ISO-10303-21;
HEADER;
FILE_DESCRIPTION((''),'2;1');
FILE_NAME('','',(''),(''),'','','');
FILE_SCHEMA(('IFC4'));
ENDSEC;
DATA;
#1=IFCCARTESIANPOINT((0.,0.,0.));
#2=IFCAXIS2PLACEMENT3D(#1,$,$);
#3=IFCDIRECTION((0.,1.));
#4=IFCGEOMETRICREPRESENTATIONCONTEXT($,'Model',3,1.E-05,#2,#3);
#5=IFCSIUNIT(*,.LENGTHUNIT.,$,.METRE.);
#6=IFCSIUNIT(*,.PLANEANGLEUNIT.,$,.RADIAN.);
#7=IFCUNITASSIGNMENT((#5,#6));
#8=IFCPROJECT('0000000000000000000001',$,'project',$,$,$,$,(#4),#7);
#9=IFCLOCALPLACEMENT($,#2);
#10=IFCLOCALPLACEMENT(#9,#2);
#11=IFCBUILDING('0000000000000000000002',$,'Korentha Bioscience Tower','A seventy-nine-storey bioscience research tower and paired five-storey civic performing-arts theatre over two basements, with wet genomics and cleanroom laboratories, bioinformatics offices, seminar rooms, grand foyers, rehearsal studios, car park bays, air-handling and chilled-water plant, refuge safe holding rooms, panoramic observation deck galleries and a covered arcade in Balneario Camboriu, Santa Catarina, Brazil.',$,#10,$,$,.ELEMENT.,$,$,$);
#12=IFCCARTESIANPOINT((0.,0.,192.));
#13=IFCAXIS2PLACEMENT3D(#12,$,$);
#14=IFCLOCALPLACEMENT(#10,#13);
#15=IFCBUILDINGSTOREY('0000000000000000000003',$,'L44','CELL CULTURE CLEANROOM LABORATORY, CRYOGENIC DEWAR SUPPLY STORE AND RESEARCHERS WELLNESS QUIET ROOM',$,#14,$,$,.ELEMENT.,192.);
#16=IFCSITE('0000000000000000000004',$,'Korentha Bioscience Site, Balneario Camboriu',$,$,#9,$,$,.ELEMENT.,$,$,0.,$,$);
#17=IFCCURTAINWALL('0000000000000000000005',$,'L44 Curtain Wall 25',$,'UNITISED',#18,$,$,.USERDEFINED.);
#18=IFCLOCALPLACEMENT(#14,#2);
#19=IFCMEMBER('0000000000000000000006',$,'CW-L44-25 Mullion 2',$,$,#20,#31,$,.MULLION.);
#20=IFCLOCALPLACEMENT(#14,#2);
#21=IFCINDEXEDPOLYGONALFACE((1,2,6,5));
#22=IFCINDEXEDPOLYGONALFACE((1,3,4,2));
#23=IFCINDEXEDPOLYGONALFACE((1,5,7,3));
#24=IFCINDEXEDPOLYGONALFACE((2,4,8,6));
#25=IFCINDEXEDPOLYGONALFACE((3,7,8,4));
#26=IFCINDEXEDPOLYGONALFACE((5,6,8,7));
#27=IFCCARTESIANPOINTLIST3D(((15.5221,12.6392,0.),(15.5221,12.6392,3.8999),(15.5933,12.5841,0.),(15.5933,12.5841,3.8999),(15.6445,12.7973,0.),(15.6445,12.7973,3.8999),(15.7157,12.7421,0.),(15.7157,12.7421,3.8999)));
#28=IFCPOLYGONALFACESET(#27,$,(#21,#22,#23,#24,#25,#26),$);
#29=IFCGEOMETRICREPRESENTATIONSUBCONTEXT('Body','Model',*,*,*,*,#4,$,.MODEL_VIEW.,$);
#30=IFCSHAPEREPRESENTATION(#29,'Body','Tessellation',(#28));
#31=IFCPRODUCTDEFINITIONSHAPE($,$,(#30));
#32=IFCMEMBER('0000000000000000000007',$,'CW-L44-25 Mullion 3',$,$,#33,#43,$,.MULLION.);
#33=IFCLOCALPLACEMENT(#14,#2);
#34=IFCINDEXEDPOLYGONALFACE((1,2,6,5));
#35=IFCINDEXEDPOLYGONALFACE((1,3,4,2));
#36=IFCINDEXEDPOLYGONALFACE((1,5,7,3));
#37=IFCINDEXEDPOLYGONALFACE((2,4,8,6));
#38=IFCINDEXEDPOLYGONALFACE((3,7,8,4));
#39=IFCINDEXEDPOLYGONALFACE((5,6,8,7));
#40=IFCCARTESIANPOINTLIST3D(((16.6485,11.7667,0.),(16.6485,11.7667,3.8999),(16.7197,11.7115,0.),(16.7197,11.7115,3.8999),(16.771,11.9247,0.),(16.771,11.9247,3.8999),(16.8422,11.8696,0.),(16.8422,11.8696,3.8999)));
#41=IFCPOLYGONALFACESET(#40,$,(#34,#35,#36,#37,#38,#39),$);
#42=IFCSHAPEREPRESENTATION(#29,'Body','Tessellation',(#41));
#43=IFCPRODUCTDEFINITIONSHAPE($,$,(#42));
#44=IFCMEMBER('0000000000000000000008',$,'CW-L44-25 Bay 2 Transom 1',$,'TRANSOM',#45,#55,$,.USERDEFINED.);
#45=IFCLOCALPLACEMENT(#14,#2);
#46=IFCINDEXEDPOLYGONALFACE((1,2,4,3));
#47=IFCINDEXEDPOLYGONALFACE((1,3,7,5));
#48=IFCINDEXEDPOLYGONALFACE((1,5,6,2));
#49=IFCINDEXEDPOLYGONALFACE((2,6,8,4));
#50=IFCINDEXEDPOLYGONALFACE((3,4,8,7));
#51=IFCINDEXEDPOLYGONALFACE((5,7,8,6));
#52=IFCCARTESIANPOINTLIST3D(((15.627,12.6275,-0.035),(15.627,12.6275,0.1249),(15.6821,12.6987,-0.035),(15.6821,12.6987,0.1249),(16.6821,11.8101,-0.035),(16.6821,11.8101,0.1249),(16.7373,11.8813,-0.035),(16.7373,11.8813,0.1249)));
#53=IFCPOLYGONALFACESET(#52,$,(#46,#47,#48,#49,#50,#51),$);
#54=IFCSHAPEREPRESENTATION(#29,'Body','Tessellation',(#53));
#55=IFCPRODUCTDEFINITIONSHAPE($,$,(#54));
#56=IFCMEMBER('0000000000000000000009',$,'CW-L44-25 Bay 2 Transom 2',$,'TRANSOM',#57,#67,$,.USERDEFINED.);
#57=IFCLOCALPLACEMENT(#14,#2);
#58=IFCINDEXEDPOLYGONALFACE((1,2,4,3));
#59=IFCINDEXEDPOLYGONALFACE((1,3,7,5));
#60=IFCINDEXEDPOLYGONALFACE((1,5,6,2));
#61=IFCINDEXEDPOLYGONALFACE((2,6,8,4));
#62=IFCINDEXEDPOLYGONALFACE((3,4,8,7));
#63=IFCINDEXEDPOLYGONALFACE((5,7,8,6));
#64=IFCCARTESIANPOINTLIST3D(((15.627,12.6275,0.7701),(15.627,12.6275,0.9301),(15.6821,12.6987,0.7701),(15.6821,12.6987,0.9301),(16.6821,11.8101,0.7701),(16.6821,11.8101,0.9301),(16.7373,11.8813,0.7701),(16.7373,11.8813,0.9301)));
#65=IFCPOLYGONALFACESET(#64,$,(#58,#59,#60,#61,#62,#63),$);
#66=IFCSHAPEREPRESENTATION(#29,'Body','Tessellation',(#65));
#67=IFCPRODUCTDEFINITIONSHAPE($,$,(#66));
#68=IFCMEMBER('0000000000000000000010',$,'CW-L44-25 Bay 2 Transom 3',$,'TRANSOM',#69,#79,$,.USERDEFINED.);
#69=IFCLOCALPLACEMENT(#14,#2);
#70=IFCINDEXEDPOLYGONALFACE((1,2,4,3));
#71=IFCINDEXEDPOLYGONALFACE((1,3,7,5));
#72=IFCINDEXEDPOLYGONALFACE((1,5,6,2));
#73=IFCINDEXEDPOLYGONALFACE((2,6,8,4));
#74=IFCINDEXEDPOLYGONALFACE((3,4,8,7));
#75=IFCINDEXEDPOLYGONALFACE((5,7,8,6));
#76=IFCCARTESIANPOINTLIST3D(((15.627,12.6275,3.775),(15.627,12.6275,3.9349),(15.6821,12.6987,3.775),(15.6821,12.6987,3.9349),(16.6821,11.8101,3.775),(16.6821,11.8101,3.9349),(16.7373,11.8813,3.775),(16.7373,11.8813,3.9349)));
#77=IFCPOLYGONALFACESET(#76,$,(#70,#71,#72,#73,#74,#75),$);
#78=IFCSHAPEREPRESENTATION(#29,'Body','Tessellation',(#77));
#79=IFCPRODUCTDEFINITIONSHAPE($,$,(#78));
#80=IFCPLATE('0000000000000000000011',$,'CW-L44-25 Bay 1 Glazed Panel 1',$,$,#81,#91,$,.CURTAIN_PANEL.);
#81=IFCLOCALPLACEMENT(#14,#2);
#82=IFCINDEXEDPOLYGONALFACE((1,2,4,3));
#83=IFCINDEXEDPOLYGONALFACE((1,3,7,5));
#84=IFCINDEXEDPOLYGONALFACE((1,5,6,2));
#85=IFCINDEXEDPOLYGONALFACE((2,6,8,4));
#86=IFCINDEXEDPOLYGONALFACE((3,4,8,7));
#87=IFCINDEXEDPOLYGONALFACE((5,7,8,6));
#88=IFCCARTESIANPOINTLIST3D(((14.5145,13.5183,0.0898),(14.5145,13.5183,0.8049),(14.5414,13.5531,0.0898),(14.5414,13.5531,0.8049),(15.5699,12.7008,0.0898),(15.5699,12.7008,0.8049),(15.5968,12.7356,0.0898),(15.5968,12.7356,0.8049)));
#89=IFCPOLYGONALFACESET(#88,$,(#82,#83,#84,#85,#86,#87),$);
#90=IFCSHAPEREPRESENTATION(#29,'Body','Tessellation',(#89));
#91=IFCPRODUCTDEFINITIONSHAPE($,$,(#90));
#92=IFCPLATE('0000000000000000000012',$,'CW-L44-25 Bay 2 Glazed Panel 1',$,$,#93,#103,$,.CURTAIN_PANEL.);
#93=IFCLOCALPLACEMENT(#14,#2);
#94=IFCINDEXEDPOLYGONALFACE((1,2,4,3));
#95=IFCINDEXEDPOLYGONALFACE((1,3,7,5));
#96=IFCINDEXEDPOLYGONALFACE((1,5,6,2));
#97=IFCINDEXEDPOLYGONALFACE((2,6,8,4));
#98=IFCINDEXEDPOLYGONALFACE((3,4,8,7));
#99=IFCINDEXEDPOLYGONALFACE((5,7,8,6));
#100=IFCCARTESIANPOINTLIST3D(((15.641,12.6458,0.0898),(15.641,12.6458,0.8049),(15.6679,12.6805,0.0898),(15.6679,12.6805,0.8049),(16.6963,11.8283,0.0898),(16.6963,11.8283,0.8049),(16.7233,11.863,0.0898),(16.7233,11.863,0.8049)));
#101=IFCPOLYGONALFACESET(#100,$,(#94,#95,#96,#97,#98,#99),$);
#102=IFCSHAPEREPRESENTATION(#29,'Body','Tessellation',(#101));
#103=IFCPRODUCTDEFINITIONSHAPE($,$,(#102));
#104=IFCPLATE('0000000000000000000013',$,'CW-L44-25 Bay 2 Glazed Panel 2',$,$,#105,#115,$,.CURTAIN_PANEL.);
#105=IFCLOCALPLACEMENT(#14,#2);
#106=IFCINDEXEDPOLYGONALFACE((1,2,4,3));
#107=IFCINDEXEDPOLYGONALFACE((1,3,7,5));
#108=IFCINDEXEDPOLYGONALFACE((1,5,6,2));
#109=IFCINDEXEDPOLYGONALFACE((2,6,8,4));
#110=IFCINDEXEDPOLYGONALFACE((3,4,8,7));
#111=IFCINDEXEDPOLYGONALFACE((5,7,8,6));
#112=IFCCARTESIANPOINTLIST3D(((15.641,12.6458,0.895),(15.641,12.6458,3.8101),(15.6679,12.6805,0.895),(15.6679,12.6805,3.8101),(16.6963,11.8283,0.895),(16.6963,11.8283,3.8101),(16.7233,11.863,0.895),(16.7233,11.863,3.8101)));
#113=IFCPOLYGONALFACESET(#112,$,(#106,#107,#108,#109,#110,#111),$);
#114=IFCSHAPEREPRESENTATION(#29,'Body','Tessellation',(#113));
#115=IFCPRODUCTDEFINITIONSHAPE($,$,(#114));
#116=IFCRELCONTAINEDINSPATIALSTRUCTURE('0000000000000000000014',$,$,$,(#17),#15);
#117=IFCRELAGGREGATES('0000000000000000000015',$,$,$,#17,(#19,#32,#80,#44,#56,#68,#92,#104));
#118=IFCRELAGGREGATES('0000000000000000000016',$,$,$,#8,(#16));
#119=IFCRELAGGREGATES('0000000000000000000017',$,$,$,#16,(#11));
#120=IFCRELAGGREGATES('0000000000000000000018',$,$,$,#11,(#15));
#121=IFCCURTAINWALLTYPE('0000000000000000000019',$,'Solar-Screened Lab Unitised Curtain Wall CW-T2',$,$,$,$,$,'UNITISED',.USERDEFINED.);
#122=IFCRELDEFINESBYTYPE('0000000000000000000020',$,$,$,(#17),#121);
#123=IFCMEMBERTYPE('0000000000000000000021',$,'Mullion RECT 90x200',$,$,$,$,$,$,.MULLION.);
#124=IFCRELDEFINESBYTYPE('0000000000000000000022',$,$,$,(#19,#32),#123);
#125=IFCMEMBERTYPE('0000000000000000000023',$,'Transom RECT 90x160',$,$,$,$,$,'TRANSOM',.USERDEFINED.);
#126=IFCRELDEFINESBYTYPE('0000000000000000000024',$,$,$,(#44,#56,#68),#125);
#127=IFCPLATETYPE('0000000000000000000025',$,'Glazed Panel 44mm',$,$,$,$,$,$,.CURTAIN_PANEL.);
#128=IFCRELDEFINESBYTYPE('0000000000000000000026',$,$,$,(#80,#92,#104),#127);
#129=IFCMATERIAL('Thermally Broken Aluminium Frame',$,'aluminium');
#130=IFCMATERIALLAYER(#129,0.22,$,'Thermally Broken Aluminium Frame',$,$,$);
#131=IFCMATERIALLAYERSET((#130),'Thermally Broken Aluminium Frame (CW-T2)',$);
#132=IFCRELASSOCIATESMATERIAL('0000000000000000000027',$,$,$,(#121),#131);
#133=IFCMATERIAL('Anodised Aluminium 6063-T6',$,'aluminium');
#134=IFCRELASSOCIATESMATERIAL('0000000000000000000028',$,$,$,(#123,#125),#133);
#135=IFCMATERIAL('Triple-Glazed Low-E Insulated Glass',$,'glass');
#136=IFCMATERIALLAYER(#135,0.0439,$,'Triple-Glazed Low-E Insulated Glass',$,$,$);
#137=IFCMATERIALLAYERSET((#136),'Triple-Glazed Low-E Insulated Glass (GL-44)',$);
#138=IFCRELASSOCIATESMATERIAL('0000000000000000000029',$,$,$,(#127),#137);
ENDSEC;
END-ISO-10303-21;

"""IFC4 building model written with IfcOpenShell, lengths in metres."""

from ifc_helpers import new_model, si_unit, direction, frame, origin, origin_2d, place, context, subcontext, project, spatial, rectangle, extrude, material, layer, layer_set, material_profile, profile_set, type_object, element, aggregate, save


model = new_model("IFC4")

# Units and contexts
model_context = context("Model", 3, precision=1e-05, world=origin(), true_north=direction((0.0, 1.0)))
body_context = subcontext(model_context, "Body", "Model", "MODEL_VIEW")
ifc_project = project(units=[si_unit("LENGTHUNIT", "METRE"), si_unit("PLANEANGLEUNIT", "RADIAN")], contexts=[model_context])

# Site, building, storey
site_placement = place(None, origin())
site = spatial("IfcSite", under=ifc_project, at=site_placement, Name="Korentha Bioscience Site, Balneario Camboriu", CompositionType="ELEMENT", RefElevation=0.0)
building_placement = place(site_placement, origin())
building = spatial("IfcBuilding", under=site, at=building_placement, Name="Korentha Bioscience Tower", Description="A seventy-nine-storey bioscience research tower and paired five-storey civic performing-arts theatre over two basements, with wet genomics and cleanroom laboratories, bioinformatics offices, seminar rooms, grand foyers, rehearsal studios, car park bays, air-handling and chilled-water plant, refuge safe holding rooms, panoramic observation deck galleries and a covered arcade in Balneario Camboriu, Santa Catarina, Brazil.", CompositionType="ELEMENT")
storey_placement = place(building_placement, frame((0.0, 0.0, 192.0)))
storey = spatial("IfcBuildingStorey", under=building, at=storey_placement, Name="L44", Description="CELL CULTURE CLEANROOM LABORATORY, CRYOGENIC DEWAR SUPPLY STORE AND RESEARCHERS WELLNESS QUIET ROOM", CompositionType="ELEMENT", Elevation=192.0)

# Curtain wall, members, plates
ifc_material_1 = material(Name="Thermally Broken Aluminium Frame", Category="aluminium")
ifc_layer_1 = layer(ifc_material_1, 0.22, Name="Thermally Broken Aluminium Frame")
ifc_layer_set_1 = layer_set([ifc_layer_1], Name="Thermally Broken Aluminium Frame (CW-T2)")
curtain_wall_type = type_object("IfcCurtainWallType", Name="Solar-Screened Lab Unitised Curtain Wall CW-T2", ElementType="UNITISED", PredefinedType="USERDEFINED", material=ifc_layer_set_1)
curtain_wall_placement = place(storey_placement, origin())
curtain_wall = element("IfcCurtainWall", 1, at=curtain_wall_placement, inside=storey, type_object=curtain_wall_type, Name="L44 Curtain Wall 25", ObjectType="UNITISED", PredefinedType="USERDEFINED")
ifc_material_2 = material(Name="Anodised Aluminium 6063-T6", Category="aluminium")
ifc_material_profile_1 = material_profile(ifc_material_2, rectangle(XDim=0.0901, YDim=0.2, at=origin_2d()), Name="Anodised Aluminium 6063-T6")
ifc_profile_set_1 = profile_set([ifc_material_profile_1], Name="Anodised Aluminium 6063-T6 (CW-MUL)")
member_type_1 = type_object("IfcMemberType", Name="Mullion RECT 90x200", PredefinedType="MULLION", material=ifc_profile_set_1)
member_1_placement = place(storey_placement, frame((15.6189, 12.6907, 0.0), z_axis=(0.0, 0.0, 1.0), x_axis=(0.790547, -0.612402, 0.0)))
member_1 = element("IfcMember", 2, at=member_1_placement, type_object=member_type_1, Name="CW-L44-25 Mullion 2", PredefinedType="MULLION", context=body_context, shape_type="SweptSolid", body=[
    extrude(rectangle(XDim=0.0901, YDim=0.2, at=origin_2d()), origin(), (0.0, 0.0, 1.0), 3.8999),
])
member_2_placement = place(storey_placement, frame((16.7454, 11.8181, 0.0), z_axis=(0.0, 0.0, 1.0), x_axis=(0.790547, -0.612402, 0.0)))
member_2 = element("IfcMember", 3, at=member_2_placement, type_object=member_type_1, Name="CW-L44-25 Mullion 3", PredefinedType="MULLION", context=body_context, shape_type="SweptSolid", body=[
    extrude(rectangle(XDim=0.0901, YDim=0.2, at=origin_2d()), origin(), (0.0, 0.0, 1.0), 3.8999),
])
ifc_material_profile_2 = material_profile(ifc_material_2, rectangle(XDim=0.0901, YDim=0.1599, at=origin_2d()), Name="Anodised Aluminium 6063-T6")
ifc_profile_set_2 = profile_set([ifc_material_profile_2], Name="Anodised Aluminium 6063-T6 (CW-TRN)")
member_type_2 = type_object("IfcMemberType", Name="Transom RECT 90x160", ElementType="TRANSOM", PredefinedType="USERDEFINED", material=ifc_profile_set_2)
member_3_placement = place(storey_placement, frame((15.6545, 12.6631, 0.0449), z_axis=(0.790552, -0.612395, 0.0), x_axis=(0.612395, 0.790552, 0.0)))
member_3 = element("IfcMember", 4, at=member_3_placement, type_object=member_type_2, Name="CW-L44-25 Bay 2 Transom 1", ObjectType="TRANSOM", PredefinedType="USERDEFINED", context=body_context, shape_type="SweptSolid", body=[
    extrude(rectangle(XDim=0.0901, YDim=0.1599, at=origin_2d()), origin(), (0.0, 0.0, 1.0), 1.3347),
])
member_4_placement = place(storey_placement, frame((15.6545, 12.6631, 0.8501), z_axis=(0.790552, -0.612395, 0.0), x_axis=(0.612395, 0.790552, 0.0)))
member_4 = element("IfcMember", 5, at=member_4_placement, type_object=member_type_2, Name="CW-L44-25 Bay 2 Transom 2", ObjectType="TRANSOM", PredefinedType="USERDEFINED", context=body_context, shape_type="SweptSolid", body=[
    extrude(rectangle(XDim=0.0901, YDim=0.1599, at=origin_2d()), origin(), (0.0, 0.0, 1.0), 1.3347),
])
member_5_placement = place(storey_placement, frame((15.6545, 12.6631, 3.855), z_axis=(0.790552, -0.612395, 0.0), x_axis=(0.612395, 0.790552, 0.0)))
member_5 = element("IfcMember", 6, at=member_5_placement, type_object=member_type_2, Name="CW-L44-25 Bay 2 Transom 3", ObjectType="TRANSOM", PredefinedType="USERDEFINED", context=body_context, shape_type="SweptSolid", body=[
    extrude(rectangle(XDim=0.0901, YDim=0.1599, at=origin_2d()), origin(), (0.0, 0.0, 1.0), 1.3347),
])
ifc_material_3 = material(Name="Triple-Glazed Low-E Insulated Glass", Category="glass")
ifc_layer_2 = layer(ifc_material_3, 0.0439, Name="Triple-Glazed Low-E Insulated Glass")
ifc_layer_set_2 = layer_set([ifc_layer_2], Name="Triple-Glazed Low-E Insulated Glass (GL-44)")
plate_type = type_object("IfcPlateType", Name="Glazed Panel 44mm", PredefinedType="CURTAIN_PANEL", material=ifc_layer_set_2)
plate_1_placement = place(storey_placement, frame((15.0557, 13.127, 0.0898), z_axis=(0.0, 0.0, 1.0), x_axis=(0.790547, -0.612402, 0.0)))
plate_1 = element("IfcPlate", 7, at=plate_1_placement, type_object=plate_type, Name="CW-L44-25 Bay 1 Glazed Panel 1", PredefinedType="CURTAIN_PANEL", context=body_context, shape_type="SweptSolid", body=[
    extrude(rectangle(XDim=1.335, YDim=0.0439, at=origin_2d()), origin(), (0.0, 0.0, 1.0), 0.7151),
])
plate_2_placement = place(storey_placement, frame((16.1821, 12.2544, 0.0898), z_axis=(0.0, 0.0, 1.0), x_axis=(0.790547, -0.612402, 0.0)))
plate_2 = element("IfcPlate", 8, at=plate_2_placement, type_object=plate_type, Name="CW-L44-25 Bay 2 Glazed Panel 1", PredefinedType="CURTAIN_PANEL", context=body_context, shape_type="SweptSolid", body=[
    extrude(rectangle(XDim=1.335, YDim=0.0439, at=origin_2d()), origin(), (0.0, 0.0, 1.0), 0.7151),
])
plate_3_placement = place(storey_placement, frame((16.1821, 12.2544, 0.895), z_axis=(0.0, 0.0, 1.0), x_axis=(0.790547, -0.612402, 0.0)))
plate_3 = element("IfcPlate", 9, at=plate_3_placement, type_object=plate_type, Name="CW-L44-25 Bay 2 Glazed Panel 2", PredefinedType="CURTAIN_PANEL", context=body_context, shape_type="SweptSolid", body=[
    extrude(rectangle(XDim=1.335, YDim=0.0439, at=origin_2d()), origin(), (0.0, 0.0, 1.0), 2.915),
])
aggregate(curtain_wall, [member_1, member_2, plate_1, member_3, member_4, member_5, plate_2, plate_3])

save(model, "model.ifc")
